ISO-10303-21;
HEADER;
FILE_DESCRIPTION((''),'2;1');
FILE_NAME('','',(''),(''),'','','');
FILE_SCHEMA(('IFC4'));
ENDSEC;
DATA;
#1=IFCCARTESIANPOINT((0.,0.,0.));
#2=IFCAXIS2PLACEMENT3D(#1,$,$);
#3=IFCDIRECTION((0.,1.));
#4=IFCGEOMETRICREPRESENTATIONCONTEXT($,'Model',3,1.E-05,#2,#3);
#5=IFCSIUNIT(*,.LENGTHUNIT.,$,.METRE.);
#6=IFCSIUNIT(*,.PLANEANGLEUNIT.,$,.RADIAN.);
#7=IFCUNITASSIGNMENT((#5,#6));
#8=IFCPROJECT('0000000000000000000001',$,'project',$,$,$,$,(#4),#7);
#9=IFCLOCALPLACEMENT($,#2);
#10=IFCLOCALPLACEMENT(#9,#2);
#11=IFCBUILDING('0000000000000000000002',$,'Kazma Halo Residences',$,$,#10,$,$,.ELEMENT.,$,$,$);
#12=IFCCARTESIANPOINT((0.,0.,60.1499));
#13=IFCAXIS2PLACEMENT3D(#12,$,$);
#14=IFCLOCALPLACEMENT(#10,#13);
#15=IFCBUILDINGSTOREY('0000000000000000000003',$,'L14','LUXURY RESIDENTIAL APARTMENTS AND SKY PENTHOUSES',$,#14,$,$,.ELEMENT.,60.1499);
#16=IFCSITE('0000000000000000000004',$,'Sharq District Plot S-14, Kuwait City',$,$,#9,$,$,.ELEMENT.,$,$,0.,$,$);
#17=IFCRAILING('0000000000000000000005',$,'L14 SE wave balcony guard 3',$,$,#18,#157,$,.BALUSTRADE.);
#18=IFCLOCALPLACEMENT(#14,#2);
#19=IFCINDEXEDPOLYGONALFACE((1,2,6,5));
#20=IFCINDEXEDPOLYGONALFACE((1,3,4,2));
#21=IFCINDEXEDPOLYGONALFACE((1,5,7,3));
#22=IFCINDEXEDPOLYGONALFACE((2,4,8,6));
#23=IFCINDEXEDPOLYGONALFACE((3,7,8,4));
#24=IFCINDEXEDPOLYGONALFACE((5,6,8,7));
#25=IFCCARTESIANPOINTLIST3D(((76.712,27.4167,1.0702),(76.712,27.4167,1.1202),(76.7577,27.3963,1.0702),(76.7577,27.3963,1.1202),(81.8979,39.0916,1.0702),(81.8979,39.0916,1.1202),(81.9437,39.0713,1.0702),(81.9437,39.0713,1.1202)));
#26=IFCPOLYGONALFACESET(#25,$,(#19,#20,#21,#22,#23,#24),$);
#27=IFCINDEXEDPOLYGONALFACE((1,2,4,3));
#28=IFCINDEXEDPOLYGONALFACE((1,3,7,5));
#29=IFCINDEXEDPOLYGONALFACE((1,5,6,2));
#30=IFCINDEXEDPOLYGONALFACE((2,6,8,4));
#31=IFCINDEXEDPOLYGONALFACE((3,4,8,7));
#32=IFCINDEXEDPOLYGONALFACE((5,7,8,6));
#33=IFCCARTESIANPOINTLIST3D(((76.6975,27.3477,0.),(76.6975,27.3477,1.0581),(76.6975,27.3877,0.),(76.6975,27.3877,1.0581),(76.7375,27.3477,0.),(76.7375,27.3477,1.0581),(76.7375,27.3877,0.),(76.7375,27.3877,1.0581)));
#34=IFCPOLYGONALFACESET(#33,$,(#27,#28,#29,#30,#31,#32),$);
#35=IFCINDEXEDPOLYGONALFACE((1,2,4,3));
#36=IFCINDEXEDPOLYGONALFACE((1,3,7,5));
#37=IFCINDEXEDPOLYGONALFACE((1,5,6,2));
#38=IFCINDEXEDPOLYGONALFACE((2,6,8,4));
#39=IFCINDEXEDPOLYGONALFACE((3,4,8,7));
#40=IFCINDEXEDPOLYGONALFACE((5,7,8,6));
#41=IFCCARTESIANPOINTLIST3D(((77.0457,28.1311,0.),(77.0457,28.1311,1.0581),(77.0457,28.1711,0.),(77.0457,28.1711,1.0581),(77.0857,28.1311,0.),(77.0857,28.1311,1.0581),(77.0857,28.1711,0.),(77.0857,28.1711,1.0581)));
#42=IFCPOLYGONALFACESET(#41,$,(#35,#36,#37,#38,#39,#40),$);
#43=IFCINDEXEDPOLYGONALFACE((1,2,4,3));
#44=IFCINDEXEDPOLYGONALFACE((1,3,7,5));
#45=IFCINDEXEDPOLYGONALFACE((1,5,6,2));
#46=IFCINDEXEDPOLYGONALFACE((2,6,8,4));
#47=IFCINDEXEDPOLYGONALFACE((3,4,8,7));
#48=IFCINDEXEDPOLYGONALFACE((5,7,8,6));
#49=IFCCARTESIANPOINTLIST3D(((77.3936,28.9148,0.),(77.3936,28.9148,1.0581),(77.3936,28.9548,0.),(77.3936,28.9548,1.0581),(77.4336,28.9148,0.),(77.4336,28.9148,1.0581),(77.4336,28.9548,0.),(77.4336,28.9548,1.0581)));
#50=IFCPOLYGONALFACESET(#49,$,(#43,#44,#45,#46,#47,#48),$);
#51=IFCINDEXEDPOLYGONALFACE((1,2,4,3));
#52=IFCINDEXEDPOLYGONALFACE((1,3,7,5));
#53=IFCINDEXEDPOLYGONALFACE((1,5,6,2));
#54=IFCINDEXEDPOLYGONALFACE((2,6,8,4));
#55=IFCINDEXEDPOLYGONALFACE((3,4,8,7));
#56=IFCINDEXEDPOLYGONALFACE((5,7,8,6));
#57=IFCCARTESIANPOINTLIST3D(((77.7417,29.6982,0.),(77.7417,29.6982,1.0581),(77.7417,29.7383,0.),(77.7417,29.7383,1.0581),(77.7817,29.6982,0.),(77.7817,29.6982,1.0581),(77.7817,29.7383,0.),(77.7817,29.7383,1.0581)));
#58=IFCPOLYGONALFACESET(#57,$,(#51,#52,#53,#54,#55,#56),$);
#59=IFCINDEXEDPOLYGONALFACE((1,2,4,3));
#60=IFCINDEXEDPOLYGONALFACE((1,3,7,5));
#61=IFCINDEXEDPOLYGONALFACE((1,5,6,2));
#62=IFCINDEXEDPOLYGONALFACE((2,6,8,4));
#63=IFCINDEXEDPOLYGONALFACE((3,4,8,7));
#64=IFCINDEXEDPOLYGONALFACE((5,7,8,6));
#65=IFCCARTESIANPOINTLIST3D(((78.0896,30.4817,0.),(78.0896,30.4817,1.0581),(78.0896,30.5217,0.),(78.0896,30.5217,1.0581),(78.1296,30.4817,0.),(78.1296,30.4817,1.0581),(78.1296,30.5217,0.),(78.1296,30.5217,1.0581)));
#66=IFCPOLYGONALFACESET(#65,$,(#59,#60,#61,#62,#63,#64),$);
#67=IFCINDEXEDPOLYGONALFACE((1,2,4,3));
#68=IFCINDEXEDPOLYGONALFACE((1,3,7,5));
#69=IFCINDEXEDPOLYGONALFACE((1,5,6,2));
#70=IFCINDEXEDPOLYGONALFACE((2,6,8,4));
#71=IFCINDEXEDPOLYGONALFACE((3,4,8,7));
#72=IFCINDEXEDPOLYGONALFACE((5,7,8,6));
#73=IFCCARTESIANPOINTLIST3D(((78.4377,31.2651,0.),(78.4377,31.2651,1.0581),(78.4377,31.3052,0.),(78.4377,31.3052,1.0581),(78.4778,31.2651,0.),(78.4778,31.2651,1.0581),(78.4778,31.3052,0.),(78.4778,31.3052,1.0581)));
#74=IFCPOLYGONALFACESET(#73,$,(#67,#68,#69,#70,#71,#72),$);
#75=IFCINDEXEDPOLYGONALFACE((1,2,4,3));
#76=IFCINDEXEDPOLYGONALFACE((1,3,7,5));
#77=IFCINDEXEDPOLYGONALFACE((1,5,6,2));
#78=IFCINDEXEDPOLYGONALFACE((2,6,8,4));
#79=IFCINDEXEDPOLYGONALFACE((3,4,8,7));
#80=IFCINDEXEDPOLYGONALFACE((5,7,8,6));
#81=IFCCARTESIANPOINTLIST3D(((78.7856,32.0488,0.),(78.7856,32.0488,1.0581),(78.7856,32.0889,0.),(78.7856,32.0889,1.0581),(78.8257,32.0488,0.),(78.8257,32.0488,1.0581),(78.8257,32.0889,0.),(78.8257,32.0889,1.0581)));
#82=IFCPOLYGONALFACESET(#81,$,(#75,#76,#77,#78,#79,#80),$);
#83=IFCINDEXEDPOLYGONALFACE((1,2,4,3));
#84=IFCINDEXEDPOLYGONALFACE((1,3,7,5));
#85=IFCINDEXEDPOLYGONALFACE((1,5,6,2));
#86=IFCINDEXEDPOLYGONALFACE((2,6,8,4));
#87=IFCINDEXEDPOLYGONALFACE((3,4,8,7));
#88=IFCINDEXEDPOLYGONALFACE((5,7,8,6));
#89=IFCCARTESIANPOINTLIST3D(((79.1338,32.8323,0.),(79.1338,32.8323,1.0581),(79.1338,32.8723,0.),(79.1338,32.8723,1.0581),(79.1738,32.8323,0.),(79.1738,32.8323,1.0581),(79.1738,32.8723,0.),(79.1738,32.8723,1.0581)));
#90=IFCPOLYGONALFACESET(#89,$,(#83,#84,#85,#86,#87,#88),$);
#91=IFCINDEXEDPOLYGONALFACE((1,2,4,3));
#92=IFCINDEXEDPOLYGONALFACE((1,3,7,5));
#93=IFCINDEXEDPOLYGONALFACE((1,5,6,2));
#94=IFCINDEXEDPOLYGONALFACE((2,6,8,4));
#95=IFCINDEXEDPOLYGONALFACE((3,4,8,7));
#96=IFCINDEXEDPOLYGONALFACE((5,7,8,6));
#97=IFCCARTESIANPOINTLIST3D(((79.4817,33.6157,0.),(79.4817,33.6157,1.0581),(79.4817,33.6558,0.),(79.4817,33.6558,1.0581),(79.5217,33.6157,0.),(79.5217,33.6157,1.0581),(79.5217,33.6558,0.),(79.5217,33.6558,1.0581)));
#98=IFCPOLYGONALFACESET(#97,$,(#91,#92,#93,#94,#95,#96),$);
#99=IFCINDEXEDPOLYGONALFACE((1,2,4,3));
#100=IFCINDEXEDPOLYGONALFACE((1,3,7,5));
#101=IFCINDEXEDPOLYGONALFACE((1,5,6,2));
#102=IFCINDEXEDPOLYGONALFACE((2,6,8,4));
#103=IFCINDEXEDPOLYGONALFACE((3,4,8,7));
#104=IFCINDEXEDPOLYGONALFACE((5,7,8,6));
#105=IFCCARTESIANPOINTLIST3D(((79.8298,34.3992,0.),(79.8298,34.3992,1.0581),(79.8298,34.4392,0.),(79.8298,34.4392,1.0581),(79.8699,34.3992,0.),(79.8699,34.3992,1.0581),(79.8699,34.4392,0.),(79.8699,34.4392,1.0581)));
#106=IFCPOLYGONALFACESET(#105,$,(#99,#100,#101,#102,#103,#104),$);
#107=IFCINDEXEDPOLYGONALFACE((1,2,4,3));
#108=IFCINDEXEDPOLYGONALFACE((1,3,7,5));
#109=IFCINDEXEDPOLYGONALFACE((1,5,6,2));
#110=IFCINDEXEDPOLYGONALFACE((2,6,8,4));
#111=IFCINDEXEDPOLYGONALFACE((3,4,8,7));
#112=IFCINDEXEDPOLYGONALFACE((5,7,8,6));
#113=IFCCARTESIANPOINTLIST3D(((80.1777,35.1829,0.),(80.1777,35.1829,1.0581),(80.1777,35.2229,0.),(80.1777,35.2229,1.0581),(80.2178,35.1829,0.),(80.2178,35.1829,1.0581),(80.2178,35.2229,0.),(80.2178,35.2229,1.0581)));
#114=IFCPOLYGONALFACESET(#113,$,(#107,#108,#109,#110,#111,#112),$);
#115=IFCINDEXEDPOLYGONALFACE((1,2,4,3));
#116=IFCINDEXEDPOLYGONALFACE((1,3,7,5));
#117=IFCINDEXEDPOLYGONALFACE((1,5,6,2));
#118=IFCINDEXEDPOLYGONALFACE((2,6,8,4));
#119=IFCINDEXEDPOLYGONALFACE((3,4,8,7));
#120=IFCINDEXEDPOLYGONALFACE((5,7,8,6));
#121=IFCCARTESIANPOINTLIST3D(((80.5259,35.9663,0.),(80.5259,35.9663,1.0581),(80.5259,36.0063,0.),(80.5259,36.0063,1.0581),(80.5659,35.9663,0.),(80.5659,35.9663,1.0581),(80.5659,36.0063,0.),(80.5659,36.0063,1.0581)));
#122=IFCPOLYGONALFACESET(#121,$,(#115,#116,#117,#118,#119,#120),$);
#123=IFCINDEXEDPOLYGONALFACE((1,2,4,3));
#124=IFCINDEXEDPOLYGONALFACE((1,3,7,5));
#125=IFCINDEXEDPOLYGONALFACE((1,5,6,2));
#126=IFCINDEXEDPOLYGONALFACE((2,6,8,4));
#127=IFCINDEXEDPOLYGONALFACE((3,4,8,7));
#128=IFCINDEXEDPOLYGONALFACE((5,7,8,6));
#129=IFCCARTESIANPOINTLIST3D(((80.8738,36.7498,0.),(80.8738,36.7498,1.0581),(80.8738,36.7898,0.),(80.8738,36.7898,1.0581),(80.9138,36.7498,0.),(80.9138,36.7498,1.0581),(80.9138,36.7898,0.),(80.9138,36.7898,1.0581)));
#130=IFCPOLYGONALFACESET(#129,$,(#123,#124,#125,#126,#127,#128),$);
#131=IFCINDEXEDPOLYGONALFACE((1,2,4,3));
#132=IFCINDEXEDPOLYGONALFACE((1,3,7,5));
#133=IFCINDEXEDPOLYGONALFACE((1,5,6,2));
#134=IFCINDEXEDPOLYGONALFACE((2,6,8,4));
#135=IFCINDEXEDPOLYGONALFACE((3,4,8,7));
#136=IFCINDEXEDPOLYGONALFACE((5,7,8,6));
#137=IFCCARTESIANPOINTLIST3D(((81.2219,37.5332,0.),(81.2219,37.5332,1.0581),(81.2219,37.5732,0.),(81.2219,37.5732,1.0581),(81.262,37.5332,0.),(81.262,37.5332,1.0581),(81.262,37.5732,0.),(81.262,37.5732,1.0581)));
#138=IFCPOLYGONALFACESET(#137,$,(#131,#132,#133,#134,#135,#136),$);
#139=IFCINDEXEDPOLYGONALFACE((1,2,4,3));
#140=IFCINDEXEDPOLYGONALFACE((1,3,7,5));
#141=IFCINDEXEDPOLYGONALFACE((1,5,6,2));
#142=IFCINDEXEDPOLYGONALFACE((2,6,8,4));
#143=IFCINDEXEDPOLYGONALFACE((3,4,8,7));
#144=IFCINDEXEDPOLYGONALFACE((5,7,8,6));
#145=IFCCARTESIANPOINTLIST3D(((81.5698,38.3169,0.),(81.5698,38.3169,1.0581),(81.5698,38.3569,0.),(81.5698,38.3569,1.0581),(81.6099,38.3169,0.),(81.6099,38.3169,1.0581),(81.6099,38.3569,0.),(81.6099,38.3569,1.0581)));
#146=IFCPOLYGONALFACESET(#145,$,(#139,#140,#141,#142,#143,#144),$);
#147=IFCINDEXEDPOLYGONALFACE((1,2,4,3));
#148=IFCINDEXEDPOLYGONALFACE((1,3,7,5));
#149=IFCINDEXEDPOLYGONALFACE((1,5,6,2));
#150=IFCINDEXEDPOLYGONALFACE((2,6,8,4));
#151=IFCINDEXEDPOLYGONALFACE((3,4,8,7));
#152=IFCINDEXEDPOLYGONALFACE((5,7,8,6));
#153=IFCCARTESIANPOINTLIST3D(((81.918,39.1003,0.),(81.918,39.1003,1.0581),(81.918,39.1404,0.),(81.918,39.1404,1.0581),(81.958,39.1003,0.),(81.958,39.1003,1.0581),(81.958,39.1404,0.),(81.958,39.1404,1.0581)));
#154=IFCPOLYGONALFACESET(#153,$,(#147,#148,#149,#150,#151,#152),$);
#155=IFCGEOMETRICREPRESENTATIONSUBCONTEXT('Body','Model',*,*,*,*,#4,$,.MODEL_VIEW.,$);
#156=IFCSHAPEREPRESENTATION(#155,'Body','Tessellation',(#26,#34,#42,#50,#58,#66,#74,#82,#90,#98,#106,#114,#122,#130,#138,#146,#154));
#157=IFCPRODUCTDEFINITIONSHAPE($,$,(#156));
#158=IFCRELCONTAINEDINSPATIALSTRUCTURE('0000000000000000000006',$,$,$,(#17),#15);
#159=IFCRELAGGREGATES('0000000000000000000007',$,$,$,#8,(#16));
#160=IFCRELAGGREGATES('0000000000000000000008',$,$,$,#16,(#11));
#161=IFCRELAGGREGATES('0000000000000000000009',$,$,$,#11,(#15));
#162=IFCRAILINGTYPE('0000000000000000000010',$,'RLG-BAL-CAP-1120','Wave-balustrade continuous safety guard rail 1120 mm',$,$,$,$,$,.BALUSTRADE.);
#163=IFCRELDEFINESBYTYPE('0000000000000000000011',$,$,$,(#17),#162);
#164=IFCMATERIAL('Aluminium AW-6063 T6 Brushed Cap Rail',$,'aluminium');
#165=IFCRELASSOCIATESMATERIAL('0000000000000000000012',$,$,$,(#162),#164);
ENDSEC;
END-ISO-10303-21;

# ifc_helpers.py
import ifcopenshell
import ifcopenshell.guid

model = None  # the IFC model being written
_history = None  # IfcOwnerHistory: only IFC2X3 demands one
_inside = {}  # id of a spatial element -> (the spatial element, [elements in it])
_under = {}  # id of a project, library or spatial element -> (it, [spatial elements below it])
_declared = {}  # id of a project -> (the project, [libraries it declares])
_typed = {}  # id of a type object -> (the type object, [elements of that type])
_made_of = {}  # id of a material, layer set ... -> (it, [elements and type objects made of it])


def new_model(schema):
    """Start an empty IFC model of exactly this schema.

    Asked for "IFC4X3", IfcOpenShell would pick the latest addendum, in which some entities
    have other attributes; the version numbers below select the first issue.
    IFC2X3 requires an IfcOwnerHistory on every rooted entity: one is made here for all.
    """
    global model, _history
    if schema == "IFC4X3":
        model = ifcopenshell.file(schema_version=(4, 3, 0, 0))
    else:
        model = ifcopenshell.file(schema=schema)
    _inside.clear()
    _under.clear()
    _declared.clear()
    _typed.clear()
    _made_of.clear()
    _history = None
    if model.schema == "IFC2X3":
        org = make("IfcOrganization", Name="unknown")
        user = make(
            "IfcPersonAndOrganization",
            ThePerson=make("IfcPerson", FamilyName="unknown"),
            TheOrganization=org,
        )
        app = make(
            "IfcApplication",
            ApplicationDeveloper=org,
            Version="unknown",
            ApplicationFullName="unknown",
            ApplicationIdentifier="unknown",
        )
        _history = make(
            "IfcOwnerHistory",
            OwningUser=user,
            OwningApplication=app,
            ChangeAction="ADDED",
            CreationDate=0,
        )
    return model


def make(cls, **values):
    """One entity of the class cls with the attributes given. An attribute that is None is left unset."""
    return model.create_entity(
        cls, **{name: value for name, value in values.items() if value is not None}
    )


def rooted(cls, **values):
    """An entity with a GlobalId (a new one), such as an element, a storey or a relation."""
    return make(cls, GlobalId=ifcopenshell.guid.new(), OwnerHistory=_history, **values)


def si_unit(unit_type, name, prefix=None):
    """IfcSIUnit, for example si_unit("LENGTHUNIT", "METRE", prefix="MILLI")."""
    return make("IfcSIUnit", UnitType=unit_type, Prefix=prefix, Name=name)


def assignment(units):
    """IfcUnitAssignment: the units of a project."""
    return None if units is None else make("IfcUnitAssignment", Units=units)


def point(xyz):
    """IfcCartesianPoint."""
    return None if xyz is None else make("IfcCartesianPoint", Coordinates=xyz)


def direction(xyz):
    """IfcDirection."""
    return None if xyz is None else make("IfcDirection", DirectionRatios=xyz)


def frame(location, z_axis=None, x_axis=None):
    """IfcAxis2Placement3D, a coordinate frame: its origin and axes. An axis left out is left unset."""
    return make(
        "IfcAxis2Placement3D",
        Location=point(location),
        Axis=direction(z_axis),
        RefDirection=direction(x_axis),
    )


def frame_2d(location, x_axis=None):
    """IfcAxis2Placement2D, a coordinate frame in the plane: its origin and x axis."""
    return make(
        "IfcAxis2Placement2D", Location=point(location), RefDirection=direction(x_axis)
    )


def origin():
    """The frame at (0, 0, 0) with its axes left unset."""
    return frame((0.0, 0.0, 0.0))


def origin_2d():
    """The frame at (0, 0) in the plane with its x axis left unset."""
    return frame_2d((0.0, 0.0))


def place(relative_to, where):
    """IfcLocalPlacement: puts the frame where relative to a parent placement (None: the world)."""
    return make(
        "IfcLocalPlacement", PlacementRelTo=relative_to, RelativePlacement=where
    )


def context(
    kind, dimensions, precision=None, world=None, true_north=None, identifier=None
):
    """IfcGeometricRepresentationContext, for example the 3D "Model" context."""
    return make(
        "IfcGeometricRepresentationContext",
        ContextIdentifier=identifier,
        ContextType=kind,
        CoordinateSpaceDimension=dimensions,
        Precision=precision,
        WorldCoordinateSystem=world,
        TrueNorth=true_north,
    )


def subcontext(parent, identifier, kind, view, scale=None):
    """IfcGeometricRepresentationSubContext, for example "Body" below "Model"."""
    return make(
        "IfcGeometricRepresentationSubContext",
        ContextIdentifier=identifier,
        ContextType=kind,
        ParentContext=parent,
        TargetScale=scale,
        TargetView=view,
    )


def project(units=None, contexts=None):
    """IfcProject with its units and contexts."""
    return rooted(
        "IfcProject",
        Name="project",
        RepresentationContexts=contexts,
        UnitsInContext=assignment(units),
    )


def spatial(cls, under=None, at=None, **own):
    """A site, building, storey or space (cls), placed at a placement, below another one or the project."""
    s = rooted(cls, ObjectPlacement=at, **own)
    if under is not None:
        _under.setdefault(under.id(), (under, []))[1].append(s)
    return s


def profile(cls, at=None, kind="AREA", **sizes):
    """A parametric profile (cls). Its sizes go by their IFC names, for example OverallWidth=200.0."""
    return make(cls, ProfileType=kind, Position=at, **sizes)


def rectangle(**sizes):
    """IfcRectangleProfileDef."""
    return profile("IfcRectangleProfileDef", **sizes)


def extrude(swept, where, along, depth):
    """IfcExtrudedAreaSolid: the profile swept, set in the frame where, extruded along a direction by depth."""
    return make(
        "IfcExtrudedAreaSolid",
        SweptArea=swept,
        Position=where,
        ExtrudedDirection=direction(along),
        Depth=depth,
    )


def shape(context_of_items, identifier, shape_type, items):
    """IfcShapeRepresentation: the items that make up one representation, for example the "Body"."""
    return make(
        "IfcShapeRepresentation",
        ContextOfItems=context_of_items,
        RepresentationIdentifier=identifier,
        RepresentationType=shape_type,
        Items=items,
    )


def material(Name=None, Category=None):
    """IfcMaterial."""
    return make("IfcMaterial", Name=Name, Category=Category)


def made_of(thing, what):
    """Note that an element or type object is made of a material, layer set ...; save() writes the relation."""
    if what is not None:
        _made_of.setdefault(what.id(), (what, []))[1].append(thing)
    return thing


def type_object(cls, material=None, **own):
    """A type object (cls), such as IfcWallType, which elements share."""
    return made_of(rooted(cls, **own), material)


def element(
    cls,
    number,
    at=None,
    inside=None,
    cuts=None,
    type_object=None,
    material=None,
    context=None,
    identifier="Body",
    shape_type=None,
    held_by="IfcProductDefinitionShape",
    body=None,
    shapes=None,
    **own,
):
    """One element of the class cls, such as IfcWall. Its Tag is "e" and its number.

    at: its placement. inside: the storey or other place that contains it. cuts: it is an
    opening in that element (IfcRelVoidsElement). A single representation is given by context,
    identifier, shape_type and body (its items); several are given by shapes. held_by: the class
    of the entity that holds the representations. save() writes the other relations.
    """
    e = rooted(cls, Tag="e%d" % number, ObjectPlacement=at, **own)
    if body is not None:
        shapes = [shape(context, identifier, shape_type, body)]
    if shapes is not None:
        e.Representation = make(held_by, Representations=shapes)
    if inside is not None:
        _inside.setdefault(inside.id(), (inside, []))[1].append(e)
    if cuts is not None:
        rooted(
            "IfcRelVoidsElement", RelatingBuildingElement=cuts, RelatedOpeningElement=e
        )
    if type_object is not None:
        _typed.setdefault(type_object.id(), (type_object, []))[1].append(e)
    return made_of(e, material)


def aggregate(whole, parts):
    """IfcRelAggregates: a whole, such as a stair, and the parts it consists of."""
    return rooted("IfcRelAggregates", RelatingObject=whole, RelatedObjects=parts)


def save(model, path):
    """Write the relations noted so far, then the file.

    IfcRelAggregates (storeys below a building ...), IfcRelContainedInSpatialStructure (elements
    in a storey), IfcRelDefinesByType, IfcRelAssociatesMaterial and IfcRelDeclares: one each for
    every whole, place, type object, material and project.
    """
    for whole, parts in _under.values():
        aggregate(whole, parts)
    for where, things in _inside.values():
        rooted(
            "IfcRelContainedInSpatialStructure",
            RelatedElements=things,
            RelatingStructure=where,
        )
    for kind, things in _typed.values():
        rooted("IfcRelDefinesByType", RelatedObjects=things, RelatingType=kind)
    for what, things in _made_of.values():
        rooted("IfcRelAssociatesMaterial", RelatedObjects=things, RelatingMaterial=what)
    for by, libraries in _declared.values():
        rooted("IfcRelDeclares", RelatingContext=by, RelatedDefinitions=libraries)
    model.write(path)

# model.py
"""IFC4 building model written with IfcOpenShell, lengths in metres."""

from ifc_helpers import new_model, si_unit, direction, frame, origin, origin_2d, place, context, subcontext, project, spatial, rectangle, extrude, material, type_object, element, save


model = new_model("IFC4")

# Units and contexts
model_context = context("Model", 3, precision=1e-05, world=origin(), true_north=direction((0.0, 1.0)))
body_context = subcontext(model_context, "Body", "Model", "MODEL_VIEW")
ifc_project = project(units=[si_unit("LENGTHUNIT", "METRE"), si_unit("PLANEANGLEUNIT", "RADIAN")], contexts=[model_context])

# Site, building, storey
site_placement = place(None, origin())
site = spatial("IfcSite", under=ifc_project, at=site_placement, Name="Sharq District Plot S-14, Kuwait City", CompositionType="ELEMENT", RefElevation=0.0)
building_placement = place(site_placement, origin())
building = spatial("IfcBuilding", under=site, at=building_placement, Name="Kazma Halo Residences", CompositionType="ELEMENT")
storey_placement = place(building_placement, frame((0.0, 0.0, 60.1499)))
storey = spatial("IfcBuildingStorey", under=building, at=storey_placement, Name="L14", Description="LUXURY RESIDENTIAL APARTMENTS AND SKY PENTHOUSES", CompositionType="ELEMENT", Elevation=60.1499)

# Railing
ifc_material_1 = material(Name="Aluminium AW-6063 T6 Brushed Cap Rail", Category="aluminium")
railing_type = type_object("IfcRailingType", Name="RLG-BAL-CAP-1120", Description="Wave-balustrade continuous safety guard rail 1120 mm", PredefinedType="BALUSTRADE", material=ifc_material_1)
railing_1_placement = place(storey_placement, frame((76.7175, 27.3677, 0.0)))
element("IfcRailing", 1, at=railing_1_placement, inside=storey, type_object=railing_type, Name="L14 SE wave balcony guard 3", PredefinedType="BALUSTRADE", context=body_context, shape_type="SweptSolid", body=[
    extrude(rectangle(XDim=0.05, YDim=0.05, at=origin_2d()), frame((0.0173, 0.0388, 1.0952), z_axis=(0.405946, 0.913897, 0.0), x_axis=(-0.913897, 0.405946, 0.0)), (0.0, 0.0, 1.0), 12.7749),
    extrude(rectangle(XDim=0.04, YDim=0.04, at=origin_2d()), origin(), (0.0, 0.0, 1.0), 1.0581),
    extrude(rectangle(XDim=0.04, YDim=0.04, at=origin_2d()), frame((0.3481, 0.7834, 0.0)), (0.0, 0.0, 1.0), 1.0581),
    extrude(rectangle(XDim=0.04, YDim=0.04, at=origin_2d()), frame((0.696, 1.5671, 0.0)), (0.0, 0.0, 1.0), 1.0581),
    extrude(rectangle(XDim=0.04, YDim=0.04, at=origin_2d()), frame((1.0442, 2.3506, 0.0)), (0.0, 0.0, 1.0), 1.0581),
    extrude(rectangle(XDim=0.04, YDim=0.04, at=origin_2d()), frame((1.3921, 3.134, 0.0)), (0.0, 0.0, 1.0), 1.0581),
    extrude(rectangle(XDim=0.04, YDim=0.04, at=origin_2d()), frame((1.7402, 3.9175, 0.0)), (0.0, 0.0, 1.0), 1.0581),
    extrude(rectangle(XDim=0.04, YDim=0.04, at=origin_2d()), frame((2.0881, 4.7012, 0.0)), (0.0, 0.0, 1.0), 1.0581),
    extrude(rectangle(XDim=0.04, YDim=0.04, at=origin_2d()), frame((2.4363, 5.4846, 0.0)), (0.0, 0.0, 1.0), 1.0581),
    extrude(rectangle(XDim=0.04, YDim=0.04, at=origin_2d()), frame((2.7842, 6.2681, 0.0)), (0.0, 0.0, 1.0), 1.0581),
    extrude(rectangle(XDim=0.04, YDim=0.04, at=origin_2d()), frame((3.1323, 7.0515, 0.0)), (0.0, 0.0, 1.0), 1.0581),
    extrude(rectangle(XDim=0.04, YDim=0.04, at=origin_2d()), frame((3.4802, 7.8352, 0.0)), (0.0, 0.0, 1.0), 1.0581),
    extrude(rectangle(XDim=0.04, YDim=0.04, at=origin_2d()), frame((3.8284, 8.6187, 0.0)), (0.0, 0.0, 1.0), 1.0581),
    extrude(rectangle(XDim=0.04, YDim=0.04, at=origin_2d()), frame((4.1763, 9.4021, 0.0)), (0.0, 0.0, 1.0), 1.0581),
    extrude(rectangle(XDim=0.04, YDim=0.04, at=origin_2d()), frame((4.5244, 10.1855, 0.0)), (0.0, 0.0, 1.0), 1.0581),
    extrude(rectangle(XDim=0.04, YDim=0.04, at=origin_2d()), frame((4.8723, 10.9692, 0.0)), (0.0, 0.0, 1.0), 1.0581),
    extrude(rectangle(XDim=0.04, YDim=0.04, at=origin_2d()), frame((5.2205, 11.7527, 0.0)), (0.0, 0.0, 1.0), 1.0581),
])

save(model, "model.ifc")
